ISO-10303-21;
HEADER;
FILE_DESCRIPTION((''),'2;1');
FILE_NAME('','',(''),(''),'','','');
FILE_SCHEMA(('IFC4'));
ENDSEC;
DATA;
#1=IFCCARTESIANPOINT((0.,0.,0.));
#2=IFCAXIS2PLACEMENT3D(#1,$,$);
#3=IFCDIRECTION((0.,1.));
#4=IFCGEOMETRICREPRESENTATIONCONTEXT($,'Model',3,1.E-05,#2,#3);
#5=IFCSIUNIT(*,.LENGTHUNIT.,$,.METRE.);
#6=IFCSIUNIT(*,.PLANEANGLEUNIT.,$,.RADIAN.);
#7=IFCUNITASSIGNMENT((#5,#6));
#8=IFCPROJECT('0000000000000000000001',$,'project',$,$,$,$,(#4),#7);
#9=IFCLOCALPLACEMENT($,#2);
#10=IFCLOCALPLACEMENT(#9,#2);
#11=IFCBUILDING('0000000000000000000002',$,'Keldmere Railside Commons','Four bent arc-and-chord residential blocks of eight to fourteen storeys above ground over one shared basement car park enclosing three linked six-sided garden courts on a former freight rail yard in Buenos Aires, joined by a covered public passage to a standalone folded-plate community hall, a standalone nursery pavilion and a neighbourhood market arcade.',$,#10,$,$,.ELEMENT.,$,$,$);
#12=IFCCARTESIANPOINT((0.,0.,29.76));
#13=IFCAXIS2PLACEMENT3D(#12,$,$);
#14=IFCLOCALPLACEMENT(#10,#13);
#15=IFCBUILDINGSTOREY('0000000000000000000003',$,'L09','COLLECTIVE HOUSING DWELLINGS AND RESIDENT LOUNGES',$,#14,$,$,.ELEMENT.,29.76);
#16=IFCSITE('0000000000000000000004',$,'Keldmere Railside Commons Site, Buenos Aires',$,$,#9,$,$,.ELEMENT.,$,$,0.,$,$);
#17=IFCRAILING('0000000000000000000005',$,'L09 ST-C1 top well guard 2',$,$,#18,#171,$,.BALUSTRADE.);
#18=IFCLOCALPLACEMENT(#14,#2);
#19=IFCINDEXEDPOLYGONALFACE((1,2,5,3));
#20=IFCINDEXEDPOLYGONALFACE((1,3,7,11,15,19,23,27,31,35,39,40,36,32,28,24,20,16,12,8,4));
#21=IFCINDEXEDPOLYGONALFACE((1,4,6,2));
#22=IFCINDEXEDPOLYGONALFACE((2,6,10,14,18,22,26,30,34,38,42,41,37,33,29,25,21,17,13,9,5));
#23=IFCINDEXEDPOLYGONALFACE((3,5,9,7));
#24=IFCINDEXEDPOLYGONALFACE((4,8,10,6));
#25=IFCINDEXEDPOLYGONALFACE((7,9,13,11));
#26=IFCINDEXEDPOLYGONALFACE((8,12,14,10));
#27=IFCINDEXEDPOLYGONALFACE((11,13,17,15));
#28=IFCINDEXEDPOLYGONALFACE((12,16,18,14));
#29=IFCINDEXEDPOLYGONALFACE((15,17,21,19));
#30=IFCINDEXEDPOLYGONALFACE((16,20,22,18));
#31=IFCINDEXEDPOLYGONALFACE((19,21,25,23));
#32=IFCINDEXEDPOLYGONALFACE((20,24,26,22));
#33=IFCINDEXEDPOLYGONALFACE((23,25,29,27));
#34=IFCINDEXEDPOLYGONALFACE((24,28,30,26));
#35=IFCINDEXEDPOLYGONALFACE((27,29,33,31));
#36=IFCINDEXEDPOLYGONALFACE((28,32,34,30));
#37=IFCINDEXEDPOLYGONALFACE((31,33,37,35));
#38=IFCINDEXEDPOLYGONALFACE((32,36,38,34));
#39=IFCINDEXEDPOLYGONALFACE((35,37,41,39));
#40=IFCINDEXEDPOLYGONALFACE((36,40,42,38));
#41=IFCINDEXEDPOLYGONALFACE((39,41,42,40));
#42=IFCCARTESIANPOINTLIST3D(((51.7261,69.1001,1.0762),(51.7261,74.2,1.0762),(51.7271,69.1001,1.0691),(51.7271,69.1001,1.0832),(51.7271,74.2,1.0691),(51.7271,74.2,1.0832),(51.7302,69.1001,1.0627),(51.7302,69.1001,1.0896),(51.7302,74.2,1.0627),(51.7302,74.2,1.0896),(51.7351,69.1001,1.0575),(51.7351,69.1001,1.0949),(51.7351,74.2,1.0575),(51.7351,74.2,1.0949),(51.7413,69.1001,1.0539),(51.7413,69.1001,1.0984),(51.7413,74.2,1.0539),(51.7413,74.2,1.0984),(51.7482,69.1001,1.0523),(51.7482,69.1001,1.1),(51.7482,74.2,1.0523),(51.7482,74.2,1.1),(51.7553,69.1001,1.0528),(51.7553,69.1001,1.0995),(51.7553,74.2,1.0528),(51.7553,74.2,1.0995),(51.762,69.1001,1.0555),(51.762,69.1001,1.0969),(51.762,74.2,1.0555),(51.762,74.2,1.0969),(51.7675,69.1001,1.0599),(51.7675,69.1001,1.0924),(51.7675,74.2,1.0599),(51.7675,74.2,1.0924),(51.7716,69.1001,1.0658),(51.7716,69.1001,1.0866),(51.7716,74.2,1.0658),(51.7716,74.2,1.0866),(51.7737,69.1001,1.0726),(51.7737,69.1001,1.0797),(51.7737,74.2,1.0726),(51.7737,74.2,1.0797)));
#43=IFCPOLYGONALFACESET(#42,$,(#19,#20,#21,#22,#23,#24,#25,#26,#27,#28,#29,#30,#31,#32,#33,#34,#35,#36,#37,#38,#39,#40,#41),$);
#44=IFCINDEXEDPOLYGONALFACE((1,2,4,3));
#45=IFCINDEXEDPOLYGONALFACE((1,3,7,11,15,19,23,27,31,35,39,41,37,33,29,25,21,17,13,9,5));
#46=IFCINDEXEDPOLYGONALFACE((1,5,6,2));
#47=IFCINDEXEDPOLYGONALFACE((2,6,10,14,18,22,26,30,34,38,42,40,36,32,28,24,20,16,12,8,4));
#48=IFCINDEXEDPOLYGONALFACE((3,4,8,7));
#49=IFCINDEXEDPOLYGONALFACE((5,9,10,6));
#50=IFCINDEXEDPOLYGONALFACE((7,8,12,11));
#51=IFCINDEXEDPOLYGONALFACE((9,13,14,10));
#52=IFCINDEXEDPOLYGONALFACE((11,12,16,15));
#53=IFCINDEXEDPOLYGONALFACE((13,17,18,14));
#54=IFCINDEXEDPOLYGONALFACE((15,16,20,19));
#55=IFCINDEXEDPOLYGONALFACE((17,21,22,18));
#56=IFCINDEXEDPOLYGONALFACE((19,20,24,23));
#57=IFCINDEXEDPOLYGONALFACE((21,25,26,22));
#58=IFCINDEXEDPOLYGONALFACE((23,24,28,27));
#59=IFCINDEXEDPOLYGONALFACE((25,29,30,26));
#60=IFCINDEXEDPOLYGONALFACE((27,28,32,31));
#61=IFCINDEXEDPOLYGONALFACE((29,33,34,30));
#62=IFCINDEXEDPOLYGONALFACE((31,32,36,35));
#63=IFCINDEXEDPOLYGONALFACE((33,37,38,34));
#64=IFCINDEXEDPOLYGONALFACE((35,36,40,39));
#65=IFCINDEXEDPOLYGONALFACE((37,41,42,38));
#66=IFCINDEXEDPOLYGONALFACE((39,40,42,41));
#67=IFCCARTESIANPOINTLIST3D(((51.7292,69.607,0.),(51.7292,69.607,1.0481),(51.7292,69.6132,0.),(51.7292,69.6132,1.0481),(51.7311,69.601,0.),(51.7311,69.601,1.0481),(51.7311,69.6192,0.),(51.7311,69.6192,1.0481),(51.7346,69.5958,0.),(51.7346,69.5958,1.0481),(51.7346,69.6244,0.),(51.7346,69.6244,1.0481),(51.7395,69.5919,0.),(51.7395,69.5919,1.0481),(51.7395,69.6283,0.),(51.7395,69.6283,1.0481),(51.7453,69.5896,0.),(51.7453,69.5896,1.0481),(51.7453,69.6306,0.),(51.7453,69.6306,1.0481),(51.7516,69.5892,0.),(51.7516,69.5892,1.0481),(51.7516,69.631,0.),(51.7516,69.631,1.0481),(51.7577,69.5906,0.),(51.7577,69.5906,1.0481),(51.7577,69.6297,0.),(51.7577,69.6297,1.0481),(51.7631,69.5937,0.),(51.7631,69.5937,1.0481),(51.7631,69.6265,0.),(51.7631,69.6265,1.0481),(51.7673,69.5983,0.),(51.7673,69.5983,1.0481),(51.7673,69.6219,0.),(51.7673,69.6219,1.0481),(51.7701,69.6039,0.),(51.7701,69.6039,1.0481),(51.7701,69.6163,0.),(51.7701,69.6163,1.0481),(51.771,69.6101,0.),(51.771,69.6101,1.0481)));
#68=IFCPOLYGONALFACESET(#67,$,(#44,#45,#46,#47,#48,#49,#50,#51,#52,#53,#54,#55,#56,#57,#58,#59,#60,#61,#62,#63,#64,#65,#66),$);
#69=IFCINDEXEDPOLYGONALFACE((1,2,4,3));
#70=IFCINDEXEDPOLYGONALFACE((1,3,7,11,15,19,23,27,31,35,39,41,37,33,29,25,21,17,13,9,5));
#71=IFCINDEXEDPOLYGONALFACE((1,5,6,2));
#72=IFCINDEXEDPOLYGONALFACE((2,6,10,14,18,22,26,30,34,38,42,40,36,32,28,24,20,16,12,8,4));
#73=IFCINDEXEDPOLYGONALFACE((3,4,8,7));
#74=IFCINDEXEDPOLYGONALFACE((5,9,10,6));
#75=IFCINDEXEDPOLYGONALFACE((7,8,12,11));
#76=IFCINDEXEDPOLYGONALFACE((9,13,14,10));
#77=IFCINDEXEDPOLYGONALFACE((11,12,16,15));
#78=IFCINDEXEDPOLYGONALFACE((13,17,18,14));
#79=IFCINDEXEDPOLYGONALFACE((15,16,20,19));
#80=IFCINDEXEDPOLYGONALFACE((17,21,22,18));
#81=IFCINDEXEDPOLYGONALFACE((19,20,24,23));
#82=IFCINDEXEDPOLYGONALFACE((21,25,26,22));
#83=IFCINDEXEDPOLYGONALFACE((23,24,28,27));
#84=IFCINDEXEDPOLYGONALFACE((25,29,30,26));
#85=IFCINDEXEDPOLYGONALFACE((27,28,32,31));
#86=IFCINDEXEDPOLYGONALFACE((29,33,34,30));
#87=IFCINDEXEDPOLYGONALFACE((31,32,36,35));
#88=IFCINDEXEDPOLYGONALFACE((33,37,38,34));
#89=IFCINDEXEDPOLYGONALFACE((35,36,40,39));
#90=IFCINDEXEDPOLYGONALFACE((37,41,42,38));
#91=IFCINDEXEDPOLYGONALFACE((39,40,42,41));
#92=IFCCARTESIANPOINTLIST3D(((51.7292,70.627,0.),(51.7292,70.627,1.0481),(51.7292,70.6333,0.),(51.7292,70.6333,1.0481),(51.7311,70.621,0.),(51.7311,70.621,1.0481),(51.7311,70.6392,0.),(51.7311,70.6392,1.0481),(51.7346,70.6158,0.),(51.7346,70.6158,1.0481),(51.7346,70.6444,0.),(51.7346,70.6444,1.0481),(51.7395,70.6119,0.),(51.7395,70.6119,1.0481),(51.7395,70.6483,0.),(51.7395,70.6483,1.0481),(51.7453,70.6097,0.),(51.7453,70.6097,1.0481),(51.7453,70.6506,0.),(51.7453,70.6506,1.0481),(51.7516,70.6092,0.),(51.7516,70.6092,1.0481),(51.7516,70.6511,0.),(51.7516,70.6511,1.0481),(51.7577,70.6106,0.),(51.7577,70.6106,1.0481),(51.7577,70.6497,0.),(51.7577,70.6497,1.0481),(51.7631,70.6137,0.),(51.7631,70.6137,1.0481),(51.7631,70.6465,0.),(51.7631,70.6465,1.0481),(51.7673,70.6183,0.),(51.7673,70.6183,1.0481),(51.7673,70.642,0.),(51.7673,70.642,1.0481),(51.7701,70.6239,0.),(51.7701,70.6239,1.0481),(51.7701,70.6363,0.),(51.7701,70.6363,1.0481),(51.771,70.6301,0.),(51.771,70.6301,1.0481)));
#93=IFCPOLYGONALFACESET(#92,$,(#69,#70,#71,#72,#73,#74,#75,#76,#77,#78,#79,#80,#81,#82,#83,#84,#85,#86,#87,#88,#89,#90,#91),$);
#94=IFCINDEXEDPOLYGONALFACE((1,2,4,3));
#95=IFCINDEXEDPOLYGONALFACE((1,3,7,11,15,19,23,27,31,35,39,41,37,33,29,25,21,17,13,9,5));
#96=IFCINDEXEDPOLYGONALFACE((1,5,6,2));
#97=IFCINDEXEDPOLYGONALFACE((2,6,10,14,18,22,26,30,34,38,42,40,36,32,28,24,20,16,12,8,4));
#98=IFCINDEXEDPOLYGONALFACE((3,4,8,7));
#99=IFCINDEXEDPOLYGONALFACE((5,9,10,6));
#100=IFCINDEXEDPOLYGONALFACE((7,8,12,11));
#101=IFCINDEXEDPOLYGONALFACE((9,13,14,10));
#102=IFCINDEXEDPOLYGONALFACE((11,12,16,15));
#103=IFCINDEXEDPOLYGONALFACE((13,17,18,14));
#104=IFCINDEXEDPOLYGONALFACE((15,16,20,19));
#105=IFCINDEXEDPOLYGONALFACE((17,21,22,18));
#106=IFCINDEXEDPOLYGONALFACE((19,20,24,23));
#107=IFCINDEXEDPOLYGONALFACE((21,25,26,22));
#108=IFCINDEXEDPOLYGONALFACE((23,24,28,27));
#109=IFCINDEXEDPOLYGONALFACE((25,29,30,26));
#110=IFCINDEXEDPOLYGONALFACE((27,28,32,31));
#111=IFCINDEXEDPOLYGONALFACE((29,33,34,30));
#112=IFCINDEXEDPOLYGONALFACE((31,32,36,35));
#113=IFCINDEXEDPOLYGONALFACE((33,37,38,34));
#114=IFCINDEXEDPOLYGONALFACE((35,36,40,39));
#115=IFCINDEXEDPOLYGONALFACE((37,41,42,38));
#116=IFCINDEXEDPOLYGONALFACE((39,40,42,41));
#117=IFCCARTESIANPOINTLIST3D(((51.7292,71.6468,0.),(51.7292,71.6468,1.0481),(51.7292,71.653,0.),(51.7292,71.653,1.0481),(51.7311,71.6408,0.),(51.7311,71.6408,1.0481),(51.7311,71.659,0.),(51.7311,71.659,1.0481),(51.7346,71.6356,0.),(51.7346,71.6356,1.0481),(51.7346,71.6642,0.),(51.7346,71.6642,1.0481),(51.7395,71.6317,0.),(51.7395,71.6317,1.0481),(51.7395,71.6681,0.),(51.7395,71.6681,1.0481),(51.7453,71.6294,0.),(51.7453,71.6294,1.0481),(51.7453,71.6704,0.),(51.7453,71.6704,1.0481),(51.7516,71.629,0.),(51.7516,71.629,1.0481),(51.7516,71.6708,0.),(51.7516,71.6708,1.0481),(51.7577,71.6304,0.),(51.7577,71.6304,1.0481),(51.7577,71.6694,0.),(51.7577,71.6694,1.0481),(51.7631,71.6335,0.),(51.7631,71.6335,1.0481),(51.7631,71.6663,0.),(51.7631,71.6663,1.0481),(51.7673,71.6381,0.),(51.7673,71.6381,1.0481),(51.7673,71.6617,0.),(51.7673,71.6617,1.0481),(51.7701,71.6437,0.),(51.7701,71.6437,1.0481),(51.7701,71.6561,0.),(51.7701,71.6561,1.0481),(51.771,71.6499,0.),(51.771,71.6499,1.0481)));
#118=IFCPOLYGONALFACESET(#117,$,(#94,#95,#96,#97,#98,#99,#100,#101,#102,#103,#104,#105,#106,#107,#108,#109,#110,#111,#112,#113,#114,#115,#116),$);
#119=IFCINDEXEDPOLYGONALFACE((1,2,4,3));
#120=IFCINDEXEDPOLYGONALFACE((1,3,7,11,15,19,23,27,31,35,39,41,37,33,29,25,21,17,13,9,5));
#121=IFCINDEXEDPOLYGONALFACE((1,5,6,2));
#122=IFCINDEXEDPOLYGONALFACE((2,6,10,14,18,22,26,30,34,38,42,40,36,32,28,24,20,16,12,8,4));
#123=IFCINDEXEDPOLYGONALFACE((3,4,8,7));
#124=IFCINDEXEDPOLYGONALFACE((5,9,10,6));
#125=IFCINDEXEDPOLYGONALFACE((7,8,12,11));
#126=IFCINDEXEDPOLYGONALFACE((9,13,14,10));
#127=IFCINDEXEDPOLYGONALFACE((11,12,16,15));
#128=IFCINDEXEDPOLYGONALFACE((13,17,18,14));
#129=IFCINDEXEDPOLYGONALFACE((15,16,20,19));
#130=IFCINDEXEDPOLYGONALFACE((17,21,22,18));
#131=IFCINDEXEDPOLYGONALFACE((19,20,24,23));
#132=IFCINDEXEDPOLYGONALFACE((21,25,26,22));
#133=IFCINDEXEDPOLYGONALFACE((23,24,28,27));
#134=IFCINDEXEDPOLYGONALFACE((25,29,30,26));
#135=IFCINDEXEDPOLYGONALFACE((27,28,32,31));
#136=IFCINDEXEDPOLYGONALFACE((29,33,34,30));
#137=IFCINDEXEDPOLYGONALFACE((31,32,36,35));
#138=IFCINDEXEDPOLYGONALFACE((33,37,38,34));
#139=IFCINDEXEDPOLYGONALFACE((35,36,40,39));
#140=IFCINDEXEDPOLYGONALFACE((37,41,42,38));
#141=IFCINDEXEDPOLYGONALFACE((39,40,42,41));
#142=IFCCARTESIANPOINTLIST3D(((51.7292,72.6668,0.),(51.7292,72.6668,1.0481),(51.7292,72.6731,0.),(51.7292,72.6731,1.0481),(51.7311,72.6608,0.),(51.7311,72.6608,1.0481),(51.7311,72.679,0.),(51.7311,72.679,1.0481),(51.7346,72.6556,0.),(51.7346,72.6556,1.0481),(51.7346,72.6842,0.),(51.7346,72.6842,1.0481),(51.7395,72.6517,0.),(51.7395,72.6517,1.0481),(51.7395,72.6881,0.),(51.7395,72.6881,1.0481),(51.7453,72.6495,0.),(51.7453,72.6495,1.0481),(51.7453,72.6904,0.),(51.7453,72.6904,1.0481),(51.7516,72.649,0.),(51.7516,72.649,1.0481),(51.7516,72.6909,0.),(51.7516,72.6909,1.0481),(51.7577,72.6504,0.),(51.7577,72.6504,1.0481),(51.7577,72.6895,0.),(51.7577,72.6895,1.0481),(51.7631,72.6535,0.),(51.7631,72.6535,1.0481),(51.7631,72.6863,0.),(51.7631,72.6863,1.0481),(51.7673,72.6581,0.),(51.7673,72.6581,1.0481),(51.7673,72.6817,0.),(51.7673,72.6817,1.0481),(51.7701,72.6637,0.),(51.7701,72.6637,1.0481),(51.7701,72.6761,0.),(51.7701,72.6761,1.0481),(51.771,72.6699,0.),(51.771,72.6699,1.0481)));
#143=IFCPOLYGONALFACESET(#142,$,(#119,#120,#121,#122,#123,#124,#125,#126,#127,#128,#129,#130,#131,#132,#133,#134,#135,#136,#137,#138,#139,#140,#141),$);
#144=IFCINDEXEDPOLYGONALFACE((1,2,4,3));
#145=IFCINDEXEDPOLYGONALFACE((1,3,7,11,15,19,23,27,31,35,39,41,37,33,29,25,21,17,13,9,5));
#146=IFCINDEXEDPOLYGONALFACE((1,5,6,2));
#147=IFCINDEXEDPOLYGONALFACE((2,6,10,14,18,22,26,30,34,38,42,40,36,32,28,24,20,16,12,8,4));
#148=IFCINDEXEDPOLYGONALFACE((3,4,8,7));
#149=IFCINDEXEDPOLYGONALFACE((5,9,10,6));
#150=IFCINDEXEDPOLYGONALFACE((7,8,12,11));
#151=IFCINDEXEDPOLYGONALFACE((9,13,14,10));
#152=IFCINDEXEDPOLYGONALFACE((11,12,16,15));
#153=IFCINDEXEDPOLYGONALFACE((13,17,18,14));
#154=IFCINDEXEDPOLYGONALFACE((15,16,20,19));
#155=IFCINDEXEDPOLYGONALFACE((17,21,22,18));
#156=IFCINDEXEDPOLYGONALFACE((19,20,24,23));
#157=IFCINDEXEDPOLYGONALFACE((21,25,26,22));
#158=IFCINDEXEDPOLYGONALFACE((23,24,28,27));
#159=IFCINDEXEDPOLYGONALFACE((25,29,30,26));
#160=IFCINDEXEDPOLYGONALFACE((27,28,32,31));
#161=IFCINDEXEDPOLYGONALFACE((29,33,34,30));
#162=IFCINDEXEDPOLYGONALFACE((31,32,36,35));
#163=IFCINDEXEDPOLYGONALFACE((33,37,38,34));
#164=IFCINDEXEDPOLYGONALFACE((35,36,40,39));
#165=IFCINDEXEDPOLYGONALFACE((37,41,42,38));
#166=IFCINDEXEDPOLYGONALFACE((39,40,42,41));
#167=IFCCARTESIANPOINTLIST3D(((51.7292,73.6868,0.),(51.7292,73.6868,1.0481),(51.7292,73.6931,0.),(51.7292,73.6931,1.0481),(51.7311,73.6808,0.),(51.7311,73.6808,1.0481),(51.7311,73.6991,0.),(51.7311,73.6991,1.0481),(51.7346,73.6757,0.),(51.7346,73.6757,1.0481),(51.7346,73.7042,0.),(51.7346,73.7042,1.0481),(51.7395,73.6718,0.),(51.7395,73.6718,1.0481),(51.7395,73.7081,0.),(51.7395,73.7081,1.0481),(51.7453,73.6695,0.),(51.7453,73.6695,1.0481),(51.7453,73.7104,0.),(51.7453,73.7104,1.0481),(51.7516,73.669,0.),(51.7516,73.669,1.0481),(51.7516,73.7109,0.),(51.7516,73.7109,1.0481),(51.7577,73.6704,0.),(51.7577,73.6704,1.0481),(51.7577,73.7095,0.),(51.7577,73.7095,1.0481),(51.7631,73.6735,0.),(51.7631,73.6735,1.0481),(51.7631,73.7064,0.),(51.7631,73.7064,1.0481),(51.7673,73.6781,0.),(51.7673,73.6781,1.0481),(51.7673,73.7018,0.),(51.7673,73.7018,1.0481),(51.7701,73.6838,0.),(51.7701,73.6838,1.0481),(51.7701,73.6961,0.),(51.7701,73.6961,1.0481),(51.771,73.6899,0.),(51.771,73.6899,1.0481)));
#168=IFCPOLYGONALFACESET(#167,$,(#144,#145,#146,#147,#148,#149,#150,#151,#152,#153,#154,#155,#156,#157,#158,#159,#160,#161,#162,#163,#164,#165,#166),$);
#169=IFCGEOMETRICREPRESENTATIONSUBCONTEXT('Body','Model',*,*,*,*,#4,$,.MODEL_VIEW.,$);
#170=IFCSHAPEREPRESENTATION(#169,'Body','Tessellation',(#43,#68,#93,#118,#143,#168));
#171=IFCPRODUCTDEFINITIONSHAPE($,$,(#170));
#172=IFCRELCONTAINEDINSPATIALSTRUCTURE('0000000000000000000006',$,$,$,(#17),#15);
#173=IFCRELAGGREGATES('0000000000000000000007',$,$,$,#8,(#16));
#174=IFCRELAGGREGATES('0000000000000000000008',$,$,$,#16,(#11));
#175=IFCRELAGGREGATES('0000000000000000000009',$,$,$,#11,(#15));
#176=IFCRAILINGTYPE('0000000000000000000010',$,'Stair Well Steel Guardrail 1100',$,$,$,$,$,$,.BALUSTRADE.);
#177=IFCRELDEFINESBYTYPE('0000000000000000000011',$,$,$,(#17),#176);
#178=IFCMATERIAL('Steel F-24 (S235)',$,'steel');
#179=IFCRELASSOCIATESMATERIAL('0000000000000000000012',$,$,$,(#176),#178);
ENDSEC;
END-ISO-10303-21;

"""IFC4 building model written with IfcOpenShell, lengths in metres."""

from ifc_helpers import new_model, si_unit, direction, frame, origin, origin_2d, place, context, subcontext, project, spatial, circle, extrude, material, type_object, element, save


model = new_model("IFC4")

# Units and contexts
model_context = context("Model", 3, precision=1e-05, world=origin(), true_north=direction((0.0, 1.0)))
body_context = subcontext(model_context, "Body", "Model", "MODEL_VIEW")
ifc_project = project(units=[si_unit("LENGTHUNIT", "METRE"), si_unit("PLANEANGLEUNIT", "RADIAN")], contexts=[model_context])

# Site, building, storey
site_placement = place(None, origin())
site = spatial("IfcSite", under=ifc_project, at=site_placement, Name="Keldmere Railside Commons Site, Buenos Aires", CompositionType="ELEMENT", RefElevation=0.0)
building_placement = place(site_placement, origin())
building = spatial("IfcBuilding", under=site, at=building_placement, Name="Keldmere Railside Commons", Description="Four bent arc-and-chord residential blocks of eight to fourteen storeys above ground over one shared basement car park enclosing three linked six-sided garden courts on a former freight rail yard in Buenos Aires, joined by a covered public passage to a standalone folded-plate community hall, a standalone nursery pavilion and a neighbourhood market arcade.", CompositionType="ELEMENT")
storey_placement = place(building_placement, frame((0.0, 0.0, 29.76)))
storey = spatial("IfcBuildingStorey", under=building, at=storey_placement, Name="L09", Description="COLLECTIVE HOUSING DWELLINGS AND RESIDENT LOUNGES", CompositionType="ELEMENT", Elevation=29.76)

# Shared definitions
ifc_material_1 = material(Name="Steel F-24 (S235)", Category="steel")

# Railing
railing_type_1 = type_object("IfcRailingType", Name="Stair Well Steel Guardrail 1100", PredefinedType="BALUSTRADE", material=ifc_material_1)
railing_1_placement = place(storey_placement, frame((51.75, 69.1001, 0.0)))
element("IfcRailing", 1, at=railing_1_placement, inside=storey, type_object=railing_type_1, Name="L09 ST-C1 top well guard 2", PredefinedType="BALUSTRADE", context=body_context, shape_type="SweptSolid", body=[
    extrude(circle(Radius=0.0239, at=origin_2d()), frame((0.0, 0.0, 1.0762), z_axis=(0.0, 1.0, 0.0), x_axis=(-1.0, 0.0, 0.0)), (0.0, 0.0, 1.0), 5.0999),
    extrude(circle(Radius=0.021, at=origin_2d()), frame((0.0, 0.51, 0.0)), (0.0, 0.0, 1.0), 1.0481),
    extrude(circle(Radius=0.021, at=origin_2d()), frame((0.0, 1.53, 0.0)), (0.0, 0.0, 1.0), 1.0481),
    extrude(circle(Radius=0.021, at=origin_2d()), frame((0.0, 2.5498, 0.0)), (0.0, 0.0, 1.0), 1.0481),
    extrude(circle(Radius=0.021, at=origin_2d()), frame((0.0, 3.5698, 0.0)), (0.0, 0.0, 1.0), 1.0481),
    extrude(circle(Radius=0.021, at=origin_2d()), frame((0.0, 4.5898, 0.0)), (0.0, 0.0, 1.0), 1.0481),
])

save(model, "model.ifc")
